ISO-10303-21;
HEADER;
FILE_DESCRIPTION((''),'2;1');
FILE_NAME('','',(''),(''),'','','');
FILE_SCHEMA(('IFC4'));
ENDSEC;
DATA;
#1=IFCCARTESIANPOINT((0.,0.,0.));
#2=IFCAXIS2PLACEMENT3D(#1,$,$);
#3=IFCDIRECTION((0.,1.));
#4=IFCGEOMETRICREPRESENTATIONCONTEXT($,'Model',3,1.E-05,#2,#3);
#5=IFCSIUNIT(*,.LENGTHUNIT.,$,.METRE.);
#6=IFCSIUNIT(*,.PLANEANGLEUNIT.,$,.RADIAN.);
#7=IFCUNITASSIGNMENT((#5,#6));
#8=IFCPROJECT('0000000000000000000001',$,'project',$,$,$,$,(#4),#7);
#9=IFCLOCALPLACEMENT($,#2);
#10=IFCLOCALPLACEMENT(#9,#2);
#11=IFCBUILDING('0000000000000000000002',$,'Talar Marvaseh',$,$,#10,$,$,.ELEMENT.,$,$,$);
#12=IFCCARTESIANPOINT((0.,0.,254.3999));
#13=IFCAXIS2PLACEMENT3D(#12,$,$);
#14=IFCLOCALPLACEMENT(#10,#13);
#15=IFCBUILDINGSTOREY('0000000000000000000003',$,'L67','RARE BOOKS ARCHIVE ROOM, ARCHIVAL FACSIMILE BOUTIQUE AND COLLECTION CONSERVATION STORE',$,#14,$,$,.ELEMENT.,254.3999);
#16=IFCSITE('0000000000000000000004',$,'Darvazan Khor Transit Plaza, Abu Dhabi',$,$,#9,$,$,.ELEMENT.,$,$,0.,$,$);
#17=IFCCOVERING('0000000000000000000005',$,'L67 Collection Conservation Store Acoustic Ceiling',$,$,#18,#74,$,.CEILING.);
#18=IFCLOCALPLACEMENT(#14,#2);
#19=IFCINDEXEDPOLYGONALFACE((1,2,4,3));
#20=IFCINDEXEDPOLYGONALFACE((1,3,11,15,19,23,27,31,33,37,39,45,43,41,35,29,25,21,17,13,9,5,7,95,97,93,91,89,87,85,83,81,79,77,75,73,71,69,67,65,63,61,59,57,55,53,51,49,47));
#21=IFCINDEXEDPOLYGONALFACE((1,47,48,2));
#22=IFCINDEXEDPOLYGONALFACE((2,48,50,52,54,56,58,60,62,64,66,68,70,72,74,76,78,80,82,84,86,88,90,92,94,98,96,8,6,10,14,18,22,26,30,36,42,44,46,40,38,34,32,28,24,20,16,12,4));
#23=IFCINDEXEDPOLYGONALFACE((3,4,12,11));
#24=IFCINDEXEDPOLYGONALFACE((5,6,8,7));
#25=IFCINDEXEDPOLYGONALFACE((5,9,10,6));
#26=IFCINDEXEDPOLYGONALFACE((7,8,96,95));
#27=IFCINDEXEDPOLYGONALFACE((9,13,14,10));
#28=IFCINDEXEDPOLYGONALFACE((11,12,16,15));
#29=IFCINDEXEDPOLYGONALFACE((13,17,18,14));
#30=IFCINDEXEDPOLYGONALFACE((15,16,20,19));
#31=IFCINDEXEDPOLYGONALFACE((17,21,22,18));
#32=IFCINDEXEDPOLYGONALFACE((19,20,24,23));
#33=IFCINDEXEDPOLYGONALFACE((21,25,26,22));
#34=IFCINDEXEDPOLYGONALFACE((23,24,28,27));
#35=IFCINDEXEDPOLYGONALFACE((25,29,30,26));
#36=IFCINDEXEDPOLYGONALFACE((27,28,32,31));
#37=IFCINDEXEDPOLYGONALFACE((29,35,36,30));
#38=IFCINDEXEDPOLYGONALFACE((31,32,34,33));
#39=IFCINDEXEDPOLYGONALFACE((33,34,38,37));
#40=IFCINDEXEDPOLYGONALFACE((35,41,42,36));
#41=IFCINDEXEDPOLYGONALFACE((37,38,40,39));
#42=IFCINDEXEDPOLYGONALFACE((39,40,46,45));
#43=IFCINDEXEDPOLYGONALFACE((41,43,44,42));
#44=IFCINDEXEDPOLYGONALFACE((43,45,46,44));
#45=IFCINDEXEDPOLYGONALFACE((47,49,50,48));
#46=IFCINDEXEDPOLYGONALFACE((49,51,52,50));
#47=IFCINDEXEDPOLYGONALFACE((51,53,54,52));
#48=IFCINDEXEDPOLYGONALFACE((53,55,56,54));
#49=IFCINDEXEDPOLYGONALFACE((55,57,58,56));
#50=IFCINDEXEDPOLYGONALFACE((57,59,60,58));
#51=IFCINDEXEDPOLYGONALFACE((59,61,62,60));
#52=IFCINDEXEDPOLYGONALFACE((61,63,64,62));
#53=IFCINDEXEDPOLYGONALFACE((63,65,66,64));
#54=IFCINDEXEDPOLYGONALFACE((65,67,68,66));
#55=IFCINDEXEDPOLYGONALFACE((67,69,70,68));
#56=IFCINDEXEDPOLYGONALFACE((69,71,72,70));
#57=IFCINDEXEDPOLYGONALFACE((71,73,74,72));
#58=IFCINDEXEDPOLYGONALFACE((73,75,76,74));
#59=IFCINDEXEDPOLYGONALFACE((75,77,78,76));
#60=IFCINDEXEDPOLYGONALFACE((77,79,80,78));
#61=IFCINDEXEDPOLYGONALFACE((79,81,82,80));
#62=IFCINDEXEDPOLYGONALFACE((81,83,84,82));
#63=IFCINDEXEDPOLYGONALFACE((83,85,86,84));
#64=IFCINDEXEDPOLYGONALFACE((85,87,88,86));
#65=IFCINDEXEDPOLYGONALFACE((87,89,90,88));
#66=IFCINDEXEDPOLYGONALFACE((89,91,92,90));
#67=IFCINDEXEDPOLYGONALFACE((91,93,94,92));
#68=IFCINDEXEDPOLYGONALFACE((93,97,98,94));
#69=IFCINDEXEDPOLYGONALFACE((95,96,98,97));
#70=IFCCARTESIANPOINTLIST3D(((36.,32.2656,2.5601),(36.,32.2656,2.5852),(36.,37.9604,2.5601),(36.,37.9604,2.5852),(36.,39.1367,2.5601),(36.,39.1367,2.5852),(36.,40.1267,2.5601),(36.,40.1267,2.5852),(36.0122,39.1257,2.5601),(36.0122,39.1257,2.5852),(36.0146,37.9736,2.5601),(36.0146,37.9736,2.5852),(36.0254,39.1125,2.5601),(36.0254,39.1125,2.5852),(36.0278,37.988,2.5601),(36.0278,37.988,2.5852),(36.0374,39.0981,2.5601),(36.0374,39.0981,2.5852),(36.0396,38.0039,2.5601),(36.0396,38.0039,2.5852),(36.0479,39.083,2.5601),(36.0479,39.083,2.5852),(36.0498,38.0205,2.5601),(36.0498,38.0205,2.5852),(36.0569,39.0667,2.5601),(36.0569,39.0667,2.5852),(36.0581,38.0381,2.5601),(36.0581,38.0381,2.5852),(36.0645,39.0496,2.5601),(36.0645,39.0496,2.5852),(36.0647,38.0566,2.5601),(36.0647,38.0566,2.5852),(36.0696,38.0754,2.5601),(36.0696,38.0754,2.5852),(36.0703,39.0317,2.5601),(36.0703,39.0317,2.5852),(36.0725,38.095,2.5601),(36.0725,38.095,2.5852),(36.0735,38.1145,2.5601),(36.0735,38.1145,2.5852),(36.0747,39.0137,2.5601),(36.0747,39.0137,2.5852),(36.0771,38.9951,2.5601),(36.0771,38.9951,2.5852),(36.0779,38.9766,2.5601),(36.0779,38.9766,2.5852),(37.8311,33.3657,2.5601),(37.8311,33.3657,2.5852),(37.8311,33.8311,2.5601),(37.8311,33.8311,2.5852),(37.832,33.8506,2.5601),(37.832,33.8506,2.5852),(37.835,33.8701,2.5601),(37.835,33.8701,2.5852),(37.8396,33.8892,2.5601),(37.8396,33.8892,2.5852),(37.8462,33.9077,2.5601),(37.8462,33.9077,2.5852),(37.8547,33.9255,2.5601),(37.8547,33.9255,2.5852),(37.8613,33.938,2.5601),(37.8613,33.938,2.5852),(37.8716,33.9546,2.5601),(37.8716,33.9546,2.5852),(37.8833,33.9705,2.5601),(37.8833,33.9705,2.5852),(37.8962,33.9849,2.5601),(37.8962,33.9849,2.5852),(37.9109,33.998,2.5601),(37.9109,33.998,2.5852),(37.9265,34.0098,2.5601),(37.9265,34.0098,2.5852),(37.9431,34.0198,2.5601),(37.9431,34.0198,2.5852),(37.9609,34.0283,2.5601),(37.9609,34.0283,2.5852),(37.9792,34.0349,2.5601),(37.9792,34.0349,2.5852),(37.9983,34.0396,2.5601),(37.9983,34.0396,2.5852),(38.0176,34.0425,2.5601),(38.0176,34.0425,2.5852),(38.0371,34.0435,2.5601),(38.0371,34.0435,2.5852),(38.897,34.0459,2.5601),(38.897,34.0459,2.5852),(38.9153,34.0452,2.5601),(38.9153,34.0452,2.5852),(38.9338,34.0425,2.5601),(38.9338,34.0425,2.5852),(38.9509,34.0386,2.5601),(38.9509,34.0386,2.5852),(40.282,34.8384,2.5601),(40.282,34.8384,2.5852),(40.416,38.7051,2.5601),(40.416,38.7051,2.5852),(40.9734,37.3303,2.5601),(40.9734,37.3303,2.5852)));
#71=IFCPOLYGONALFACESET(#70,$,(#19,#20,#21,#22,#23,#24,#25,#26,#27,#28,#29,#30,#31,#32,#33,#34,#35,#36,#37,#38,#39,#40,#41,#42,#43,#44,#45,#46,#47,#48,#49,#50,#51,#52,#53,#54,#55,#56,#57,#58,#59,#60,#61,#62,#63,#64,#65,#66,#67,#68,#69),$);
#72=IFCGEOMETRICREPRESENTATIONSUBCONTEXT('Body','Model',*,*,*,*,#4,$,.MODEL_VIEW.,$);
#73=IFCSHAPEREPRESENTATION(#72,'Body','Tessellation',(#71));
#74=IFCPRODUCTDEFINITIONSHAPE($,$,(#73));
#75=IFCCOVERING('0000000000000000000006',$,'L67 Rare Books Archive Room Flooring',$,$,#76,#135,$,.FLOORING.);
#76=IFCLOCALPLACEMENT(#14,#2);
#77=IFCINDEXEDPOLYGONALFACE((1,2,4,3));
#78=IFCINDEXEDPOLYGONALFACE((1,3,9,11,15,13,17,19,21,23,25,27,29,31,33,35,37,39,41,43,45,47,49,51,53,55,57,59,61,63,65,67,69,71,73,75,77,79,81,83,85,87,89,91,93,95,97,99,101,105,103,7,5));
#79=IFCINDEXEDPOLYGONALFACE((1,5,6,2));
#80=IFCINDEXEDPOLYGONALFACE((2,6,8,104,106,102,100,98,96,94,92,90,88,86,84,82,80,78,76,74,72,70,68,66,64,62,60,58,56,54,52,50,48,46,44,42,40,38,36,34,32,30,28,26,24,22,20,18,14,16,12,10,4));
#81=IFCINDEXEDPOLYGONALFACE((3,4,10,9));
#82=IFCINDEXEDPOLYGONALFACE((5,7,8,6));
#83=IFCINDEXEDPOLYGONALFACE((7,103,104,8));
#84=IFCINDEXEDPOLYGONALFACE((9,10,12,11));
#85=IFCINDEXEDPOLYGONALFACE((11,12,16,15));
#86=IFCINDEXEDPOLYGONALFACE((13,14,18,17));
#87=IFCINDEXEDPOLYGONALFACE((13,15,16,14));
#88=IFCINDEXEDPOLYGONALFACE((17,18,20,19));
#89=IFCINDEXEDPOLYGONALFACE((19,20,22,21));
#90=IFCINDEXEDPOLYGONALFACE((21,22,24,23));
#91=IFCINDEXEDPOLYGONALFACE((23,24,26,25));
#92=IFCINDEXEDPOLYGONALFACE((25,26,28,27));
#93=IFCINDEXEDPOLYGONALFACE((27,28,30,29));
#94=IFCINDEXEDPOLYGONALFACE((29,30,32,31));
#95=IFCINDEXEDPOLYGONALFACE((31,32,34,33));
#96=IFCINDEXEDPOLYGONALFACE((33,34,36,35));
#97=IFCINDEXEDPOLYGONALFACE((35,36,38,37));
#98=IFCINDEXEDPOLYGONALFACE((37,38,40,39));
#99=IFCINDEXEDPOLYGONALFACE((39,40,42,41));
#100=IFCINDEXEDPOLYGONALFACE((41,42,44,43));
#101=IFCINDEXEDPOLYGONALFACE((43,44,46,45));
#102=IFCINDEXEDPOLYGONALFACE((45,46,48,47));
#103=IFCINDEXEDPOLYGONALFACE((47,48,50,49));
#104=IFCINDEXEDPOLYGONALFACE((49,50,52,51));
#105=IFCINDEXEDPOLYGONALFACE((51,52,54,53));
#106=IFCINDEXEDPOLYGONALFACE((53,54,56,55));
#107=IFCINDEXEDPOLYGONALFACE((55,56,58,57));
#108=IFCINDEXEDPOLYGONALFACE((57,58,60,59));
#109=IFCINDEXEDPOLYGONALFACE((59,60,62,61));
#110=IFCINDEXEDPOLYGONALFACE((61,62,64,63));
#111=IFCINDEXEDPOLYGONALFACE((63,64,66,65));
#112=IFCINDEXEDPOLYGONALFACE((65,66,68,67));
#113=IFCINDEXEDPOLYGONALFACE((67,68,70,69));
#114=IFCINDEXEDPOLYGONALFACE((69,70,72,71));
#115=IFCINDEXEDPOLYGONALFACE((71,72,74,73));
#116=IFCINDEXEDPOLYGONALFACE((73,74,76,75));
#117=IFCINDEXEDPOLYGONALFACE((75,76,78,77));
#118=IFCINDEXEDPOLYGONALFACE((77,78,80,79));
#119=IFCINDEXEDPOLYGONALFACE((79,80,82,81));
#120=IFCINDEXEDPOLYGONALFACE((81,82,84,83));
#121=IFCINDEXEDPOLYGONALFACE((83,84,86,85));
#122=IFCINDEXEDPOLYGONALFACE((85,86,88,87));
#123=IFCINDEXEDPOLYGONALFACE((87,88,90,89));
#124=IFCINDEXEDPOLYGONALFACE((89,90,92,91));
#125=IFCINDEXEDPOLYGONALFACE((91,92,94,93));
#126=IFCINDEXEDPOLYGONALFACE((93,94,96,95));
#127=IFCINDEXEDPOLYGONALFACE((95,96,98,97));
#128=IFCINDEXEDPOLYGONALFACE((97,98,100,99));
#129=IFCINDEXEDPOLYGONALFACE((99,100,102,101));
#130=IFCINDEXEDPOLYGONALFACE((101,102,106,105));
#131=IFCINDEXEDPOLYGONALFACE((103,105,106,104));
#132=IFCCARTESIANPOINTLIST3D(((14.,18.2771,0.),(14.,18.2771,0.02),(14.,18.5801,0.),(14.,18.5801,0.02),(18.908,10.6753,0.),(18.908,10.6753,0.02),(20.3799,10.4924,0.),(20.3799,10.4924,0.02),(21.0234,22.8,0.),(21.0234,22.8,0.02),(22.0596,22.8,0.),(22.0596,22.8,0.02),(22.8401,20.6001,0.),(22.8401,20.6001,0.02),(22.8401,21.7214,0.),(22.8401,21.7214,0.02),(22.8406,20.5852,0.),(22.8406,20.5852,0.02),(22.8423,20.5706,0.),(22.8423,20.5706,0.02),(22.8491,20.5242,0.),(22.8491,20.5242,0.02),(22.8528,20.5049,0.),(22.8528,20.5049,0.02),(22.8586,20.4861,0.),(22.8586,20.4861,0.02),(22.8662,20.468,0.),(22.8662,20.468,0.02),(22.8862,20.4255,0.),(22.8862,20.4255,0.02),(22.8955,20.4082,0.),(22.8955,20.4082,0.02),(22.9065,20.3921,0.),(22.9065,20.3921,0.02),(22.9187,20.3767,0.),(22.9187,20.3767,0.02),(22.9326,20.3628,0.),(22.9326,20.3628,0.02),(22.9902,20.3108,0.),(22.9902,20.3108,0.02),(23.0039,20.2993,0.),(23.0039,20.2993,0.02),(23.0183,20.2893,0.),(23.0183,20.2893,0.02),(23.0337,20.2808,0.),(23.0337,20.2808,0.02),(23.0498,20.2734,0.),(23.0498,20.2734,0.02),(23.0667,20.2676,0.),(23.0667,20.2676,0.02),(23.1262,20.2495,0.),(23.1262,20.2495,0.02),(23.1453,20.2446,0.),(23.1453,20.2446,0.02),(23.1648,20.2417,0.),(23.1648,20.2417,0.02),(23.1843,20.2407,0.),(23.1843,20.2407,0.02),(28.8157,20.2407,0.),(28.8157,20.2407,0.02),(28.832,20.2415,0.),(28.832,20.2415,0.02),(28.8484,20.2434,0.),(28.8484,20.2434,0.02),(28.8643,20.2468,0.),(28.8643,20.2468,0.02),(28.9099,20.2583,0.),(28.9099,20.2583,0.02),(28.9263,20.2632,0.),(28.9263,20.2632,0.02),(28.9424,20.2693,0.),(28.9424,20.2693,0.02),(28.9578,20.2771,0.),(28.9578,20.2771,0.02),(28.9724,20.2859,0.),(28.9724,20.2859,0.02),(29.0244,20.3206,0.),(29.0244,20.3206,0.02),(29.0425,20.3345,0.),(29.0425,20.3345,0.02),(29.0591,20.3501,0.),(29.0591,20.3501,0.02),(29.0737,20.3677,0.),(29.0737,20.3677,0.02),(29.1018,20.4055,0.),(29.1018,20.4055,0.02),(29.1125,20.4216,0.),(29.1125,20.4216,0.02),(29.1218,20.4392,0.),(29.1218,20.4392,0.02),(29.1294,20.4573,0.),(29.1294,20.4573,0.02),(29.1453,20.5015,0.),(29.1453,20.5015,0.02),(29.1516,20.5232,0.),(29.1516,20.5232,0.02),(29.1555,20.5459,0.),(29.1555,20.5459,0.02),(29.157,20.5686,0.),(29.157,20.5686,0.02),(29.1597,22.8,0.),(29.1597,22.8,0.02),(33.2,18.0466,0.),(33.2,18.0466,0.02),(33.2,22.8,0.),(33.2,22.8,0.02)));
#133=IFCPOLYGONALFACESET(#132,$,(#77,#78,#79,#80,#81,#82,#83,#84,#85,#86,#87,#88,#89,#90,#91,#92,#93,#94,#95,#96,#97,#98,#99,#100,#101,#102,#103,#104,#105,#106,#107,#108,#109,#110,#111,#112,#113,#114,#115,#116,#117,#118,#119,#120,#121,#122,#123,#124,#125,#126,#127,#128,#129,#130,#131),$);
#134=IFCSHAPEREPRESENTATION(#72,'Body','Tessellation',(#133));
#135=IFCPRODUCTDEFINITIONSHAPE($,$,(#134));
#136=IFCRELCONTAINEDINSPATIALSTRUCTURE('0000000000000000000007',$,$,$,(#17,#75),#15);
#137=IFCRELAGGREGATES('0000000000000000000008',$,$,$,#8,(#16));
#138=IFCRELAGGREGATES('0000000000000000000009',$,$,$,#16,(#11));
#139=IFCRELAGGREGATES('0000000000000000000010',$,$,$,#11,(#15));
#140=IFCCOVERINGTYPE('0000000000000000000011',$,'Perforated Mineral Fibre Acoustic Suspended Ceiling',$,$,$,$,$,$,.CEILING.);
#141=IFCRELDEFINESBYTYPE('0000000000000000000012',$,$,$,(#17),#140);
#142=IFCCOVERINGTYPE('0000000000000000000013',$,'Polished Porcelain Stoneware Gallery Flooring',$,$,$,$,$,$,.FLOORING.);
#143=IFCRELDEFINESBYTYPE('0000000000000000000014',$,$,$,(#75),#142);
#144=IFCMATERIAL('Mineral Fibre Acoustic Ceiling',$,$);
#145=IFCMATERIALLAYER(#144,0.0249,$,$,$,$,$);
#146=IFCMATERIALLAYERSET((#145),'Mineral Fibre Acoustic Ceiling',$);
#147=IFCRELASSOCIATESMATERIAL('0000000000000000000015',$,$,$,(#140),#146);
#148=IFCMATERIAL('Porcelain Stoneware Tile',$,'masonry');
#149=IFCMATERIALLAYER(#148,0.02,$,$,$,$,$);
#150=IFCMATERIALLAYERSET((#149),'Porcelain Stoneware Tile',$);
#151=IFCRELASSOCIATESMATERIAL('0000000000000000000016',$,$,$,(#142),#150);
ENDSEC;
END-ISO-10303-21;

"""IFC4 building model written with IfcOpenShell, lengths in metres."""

from ifc_helpers import new_model, si_unit, direction, frame, origin, place, context, subcontext, project, spatial, polyline, outline, extrude, material, layer, layer_set, type_object, element, save


model = new_model("IFC4")

# Units and contexts
model_context = context("Model", 3, precision=1e-05, world=origin(), true_north=direction((0.0, 1.0)))
body_context = subcontext(model_context, "Body", "Model", "MODEL_VIEW")
ifc_project = project(units=[si_unit("LENGTHUNIT", "METRE"), si_unit("PLANEANGLEUNIT", "RADIAN")], contexts=[model_context])

# Site, building, storey
site_placement = place(None, origin())
site = spatial("IfcSite", under=ifc_project, at=site_placement, Name="Darvazan Khor Transit Plaza, Abu Dhabi", CompositionType="ELEMENT", RefElevation=0.0)
building_placement = place(site_placement, origin())
building = spatial("IfcBuilding", under=site, at=building_placement, Name="Talar Marvaseh", CompositionType="ELEMENT")
storey_placement = place(building_placement, frame((0.0, 0.0, 254.3999)))
storey = spatial("IfcBuildingStorey", under=building, at=storey_placement, Name="L67", Description="RARE BOOKS ARCHIVE ROOM, ARCHIVAL FACSIMILE BOUTIQUE AND COLLECTION CONSERVATION STORE", CompositionType="ELEMENT", Elevation=254.3999)

# Coverings
ifc_material_1 = material(Name="Mineral Fibre Acoustic Ceiling")
ifc_layer_1 = layer(ifc_material_1, 0.0249)
ifc_layer_set_1 = layer_set([ifc_layer_1], Name="Mineral Fibre Acoustic Ceiling")
covering_type_1 = type_object("IfcCoveringType", Name="Perforated Mineral Fibre Acoustic Suspended Ceiling", PredefinedType="CEILING", material=ifc_layer_set_1)
covering_1_placement = place(storey_placement, frame((0.0, 0.0, 2.5601)))
element("IfcCovering", 1, at=covering_1_placement, inside=storey, type_object=covering_type_1, Name="L67 Collection Conservation Store Acoustic Ceiling", PredefinedType="CEILING", context=body_context, shape_type="SweptSolid", body=[
    extrude(outline(polyline([(38.9153, 34.0452), (38.897, 34.0459), (38.0371, 34.0435), (38.0176, 34.0425), (37.9983, 34.0396), (37.9792, 34.0349), (37.9609, 34.0283), (37.9431, 34.0198), (37.9265, 34.0098), (37.9109, 33.998), (37.8962, 33.9849), (37.8833, 33.9705), (37.8716, 33.9546), (37.8613, 33.938), (37.8547, 33.9255), (37.8462, 33.9077), (37.8396, 33.8892), (37.835, 33.8701), (37.832, 33.8506), (37.8311, 33.8311), (37.8311, 33.3657), (36.0, 32.2656), (36.0, 37.9604), (36.0, 37.9604), (36.0146, 37.9736), (36.0278, 37.988), (36.0396, 38.0039), (36.0498, 38.0205), (36.0581, 38.0381), (36.0647, 38.0566), (36.0696, 38.0754), (36.0725, 38.095), (36.0735, 38.1145), (36.0779, 38.9766), (36.0771, 38.9951), (36.0747, 39.0137), (36.0703, 39.0317), (36.0645, 39.0496), (36.0569, 39.0667), (36.0479, 39.083), (36.0374, 39.0981), (36.0254, 39.1125), (36.0122, 39.1257), (36.0, 39.1367), (36.0, 40.1267), (40.416, 38.7051), (40.9734, 37.3303), (40.282, 34.8384), (38.9509, 34.0386), (38.9338, 34.0425), (38.9153, 34.0452)])), origin(), (0.0, 0.0, 1.0), 0.0251),
])
ifc_material_2 = material(Name="Porcelain Stoneware Tile", Category="masonry")
ifc_layer_2 = layer(ifc_material_2, 0.02)
ifc_layer_set_2 = layer_set([ifc_layer_2], Name="Porcelain Stoneware Tile")
covering_type_2 = type_object("IfcCoveringType", Name="Polished Porcelain Stoneware Gallery Flooring", PredefinedType="FLOORING", material=ifc_layer_set_2)
covering_2_placement = place(storey_placement, origin())
element("IfcCovering", 2, at=covering_2_placement, inside=storey, type_object=covering_type_2, Name="L67 Rare Books Archive Room Flooring", PredefinedType="FLOORING", context=body_context, shape_type="SweptSolid", body=[
    extrude(outline(polyline([(22.8401, 21.7214), (22.8401, 20.6001), (22.8406, 20.5852), (22.8423, 20.5706), (22.8491, 20.5242), (22.8528, 20.5049), (22.8586, 20.4861), (22.8662, 20.468), (22.8862, 20.4255), (22.8955, 20.4082), (22.9065, 20.3921), (22.9187, 20.3767), (22.9326, 20.3628), (22.9902, 20.3108), (23.0039, 20.2993), (23.0183, 20.2893), (23.0337, 20.2808), (23.0498, 20.2734), (23.0667, 20.2676), (23.1262, 20.2495), (23.1453, 20.2446), (23.1648, 20.2417), (23.1843, 20.2407), (28.8157, 20.2407), (28.832, 20.2415), (28.8484, 20.2434), (28.8643, 20.2468), (28.9099, 20.2583), (28.9263, 20.2632), (28.9424, 20.2693), (28.9578, 20.2771), (28.9724, 20.2859), (29.0244, 20.3206), (29.0425, 20.3345), (29.0591, 20.3501), (29.0737, 20.3677), (29.1018, 20.4055), (29.1125, 20.4216), (29.1218, 20.4392), (29.1294, 20.4573), (29.1453, 20.5015), (29.1516, 20.5232), (29.1555, 20.5459), (29.157, 20.5686), (29.1597, 22.8), (33.2, 22.8), (33.2, 18.0466), (20.3799, 10.4924), (18.908, 10.6753), (14.0, 18.2771), (14.0, 18.5801), (21.0234, 22.8), (22.0596, 22.8), (22.8401, 21.7214)])), origin(), (0.0, 0.0, 1.0), 0.02),
])

save(model, "model.ifc")
